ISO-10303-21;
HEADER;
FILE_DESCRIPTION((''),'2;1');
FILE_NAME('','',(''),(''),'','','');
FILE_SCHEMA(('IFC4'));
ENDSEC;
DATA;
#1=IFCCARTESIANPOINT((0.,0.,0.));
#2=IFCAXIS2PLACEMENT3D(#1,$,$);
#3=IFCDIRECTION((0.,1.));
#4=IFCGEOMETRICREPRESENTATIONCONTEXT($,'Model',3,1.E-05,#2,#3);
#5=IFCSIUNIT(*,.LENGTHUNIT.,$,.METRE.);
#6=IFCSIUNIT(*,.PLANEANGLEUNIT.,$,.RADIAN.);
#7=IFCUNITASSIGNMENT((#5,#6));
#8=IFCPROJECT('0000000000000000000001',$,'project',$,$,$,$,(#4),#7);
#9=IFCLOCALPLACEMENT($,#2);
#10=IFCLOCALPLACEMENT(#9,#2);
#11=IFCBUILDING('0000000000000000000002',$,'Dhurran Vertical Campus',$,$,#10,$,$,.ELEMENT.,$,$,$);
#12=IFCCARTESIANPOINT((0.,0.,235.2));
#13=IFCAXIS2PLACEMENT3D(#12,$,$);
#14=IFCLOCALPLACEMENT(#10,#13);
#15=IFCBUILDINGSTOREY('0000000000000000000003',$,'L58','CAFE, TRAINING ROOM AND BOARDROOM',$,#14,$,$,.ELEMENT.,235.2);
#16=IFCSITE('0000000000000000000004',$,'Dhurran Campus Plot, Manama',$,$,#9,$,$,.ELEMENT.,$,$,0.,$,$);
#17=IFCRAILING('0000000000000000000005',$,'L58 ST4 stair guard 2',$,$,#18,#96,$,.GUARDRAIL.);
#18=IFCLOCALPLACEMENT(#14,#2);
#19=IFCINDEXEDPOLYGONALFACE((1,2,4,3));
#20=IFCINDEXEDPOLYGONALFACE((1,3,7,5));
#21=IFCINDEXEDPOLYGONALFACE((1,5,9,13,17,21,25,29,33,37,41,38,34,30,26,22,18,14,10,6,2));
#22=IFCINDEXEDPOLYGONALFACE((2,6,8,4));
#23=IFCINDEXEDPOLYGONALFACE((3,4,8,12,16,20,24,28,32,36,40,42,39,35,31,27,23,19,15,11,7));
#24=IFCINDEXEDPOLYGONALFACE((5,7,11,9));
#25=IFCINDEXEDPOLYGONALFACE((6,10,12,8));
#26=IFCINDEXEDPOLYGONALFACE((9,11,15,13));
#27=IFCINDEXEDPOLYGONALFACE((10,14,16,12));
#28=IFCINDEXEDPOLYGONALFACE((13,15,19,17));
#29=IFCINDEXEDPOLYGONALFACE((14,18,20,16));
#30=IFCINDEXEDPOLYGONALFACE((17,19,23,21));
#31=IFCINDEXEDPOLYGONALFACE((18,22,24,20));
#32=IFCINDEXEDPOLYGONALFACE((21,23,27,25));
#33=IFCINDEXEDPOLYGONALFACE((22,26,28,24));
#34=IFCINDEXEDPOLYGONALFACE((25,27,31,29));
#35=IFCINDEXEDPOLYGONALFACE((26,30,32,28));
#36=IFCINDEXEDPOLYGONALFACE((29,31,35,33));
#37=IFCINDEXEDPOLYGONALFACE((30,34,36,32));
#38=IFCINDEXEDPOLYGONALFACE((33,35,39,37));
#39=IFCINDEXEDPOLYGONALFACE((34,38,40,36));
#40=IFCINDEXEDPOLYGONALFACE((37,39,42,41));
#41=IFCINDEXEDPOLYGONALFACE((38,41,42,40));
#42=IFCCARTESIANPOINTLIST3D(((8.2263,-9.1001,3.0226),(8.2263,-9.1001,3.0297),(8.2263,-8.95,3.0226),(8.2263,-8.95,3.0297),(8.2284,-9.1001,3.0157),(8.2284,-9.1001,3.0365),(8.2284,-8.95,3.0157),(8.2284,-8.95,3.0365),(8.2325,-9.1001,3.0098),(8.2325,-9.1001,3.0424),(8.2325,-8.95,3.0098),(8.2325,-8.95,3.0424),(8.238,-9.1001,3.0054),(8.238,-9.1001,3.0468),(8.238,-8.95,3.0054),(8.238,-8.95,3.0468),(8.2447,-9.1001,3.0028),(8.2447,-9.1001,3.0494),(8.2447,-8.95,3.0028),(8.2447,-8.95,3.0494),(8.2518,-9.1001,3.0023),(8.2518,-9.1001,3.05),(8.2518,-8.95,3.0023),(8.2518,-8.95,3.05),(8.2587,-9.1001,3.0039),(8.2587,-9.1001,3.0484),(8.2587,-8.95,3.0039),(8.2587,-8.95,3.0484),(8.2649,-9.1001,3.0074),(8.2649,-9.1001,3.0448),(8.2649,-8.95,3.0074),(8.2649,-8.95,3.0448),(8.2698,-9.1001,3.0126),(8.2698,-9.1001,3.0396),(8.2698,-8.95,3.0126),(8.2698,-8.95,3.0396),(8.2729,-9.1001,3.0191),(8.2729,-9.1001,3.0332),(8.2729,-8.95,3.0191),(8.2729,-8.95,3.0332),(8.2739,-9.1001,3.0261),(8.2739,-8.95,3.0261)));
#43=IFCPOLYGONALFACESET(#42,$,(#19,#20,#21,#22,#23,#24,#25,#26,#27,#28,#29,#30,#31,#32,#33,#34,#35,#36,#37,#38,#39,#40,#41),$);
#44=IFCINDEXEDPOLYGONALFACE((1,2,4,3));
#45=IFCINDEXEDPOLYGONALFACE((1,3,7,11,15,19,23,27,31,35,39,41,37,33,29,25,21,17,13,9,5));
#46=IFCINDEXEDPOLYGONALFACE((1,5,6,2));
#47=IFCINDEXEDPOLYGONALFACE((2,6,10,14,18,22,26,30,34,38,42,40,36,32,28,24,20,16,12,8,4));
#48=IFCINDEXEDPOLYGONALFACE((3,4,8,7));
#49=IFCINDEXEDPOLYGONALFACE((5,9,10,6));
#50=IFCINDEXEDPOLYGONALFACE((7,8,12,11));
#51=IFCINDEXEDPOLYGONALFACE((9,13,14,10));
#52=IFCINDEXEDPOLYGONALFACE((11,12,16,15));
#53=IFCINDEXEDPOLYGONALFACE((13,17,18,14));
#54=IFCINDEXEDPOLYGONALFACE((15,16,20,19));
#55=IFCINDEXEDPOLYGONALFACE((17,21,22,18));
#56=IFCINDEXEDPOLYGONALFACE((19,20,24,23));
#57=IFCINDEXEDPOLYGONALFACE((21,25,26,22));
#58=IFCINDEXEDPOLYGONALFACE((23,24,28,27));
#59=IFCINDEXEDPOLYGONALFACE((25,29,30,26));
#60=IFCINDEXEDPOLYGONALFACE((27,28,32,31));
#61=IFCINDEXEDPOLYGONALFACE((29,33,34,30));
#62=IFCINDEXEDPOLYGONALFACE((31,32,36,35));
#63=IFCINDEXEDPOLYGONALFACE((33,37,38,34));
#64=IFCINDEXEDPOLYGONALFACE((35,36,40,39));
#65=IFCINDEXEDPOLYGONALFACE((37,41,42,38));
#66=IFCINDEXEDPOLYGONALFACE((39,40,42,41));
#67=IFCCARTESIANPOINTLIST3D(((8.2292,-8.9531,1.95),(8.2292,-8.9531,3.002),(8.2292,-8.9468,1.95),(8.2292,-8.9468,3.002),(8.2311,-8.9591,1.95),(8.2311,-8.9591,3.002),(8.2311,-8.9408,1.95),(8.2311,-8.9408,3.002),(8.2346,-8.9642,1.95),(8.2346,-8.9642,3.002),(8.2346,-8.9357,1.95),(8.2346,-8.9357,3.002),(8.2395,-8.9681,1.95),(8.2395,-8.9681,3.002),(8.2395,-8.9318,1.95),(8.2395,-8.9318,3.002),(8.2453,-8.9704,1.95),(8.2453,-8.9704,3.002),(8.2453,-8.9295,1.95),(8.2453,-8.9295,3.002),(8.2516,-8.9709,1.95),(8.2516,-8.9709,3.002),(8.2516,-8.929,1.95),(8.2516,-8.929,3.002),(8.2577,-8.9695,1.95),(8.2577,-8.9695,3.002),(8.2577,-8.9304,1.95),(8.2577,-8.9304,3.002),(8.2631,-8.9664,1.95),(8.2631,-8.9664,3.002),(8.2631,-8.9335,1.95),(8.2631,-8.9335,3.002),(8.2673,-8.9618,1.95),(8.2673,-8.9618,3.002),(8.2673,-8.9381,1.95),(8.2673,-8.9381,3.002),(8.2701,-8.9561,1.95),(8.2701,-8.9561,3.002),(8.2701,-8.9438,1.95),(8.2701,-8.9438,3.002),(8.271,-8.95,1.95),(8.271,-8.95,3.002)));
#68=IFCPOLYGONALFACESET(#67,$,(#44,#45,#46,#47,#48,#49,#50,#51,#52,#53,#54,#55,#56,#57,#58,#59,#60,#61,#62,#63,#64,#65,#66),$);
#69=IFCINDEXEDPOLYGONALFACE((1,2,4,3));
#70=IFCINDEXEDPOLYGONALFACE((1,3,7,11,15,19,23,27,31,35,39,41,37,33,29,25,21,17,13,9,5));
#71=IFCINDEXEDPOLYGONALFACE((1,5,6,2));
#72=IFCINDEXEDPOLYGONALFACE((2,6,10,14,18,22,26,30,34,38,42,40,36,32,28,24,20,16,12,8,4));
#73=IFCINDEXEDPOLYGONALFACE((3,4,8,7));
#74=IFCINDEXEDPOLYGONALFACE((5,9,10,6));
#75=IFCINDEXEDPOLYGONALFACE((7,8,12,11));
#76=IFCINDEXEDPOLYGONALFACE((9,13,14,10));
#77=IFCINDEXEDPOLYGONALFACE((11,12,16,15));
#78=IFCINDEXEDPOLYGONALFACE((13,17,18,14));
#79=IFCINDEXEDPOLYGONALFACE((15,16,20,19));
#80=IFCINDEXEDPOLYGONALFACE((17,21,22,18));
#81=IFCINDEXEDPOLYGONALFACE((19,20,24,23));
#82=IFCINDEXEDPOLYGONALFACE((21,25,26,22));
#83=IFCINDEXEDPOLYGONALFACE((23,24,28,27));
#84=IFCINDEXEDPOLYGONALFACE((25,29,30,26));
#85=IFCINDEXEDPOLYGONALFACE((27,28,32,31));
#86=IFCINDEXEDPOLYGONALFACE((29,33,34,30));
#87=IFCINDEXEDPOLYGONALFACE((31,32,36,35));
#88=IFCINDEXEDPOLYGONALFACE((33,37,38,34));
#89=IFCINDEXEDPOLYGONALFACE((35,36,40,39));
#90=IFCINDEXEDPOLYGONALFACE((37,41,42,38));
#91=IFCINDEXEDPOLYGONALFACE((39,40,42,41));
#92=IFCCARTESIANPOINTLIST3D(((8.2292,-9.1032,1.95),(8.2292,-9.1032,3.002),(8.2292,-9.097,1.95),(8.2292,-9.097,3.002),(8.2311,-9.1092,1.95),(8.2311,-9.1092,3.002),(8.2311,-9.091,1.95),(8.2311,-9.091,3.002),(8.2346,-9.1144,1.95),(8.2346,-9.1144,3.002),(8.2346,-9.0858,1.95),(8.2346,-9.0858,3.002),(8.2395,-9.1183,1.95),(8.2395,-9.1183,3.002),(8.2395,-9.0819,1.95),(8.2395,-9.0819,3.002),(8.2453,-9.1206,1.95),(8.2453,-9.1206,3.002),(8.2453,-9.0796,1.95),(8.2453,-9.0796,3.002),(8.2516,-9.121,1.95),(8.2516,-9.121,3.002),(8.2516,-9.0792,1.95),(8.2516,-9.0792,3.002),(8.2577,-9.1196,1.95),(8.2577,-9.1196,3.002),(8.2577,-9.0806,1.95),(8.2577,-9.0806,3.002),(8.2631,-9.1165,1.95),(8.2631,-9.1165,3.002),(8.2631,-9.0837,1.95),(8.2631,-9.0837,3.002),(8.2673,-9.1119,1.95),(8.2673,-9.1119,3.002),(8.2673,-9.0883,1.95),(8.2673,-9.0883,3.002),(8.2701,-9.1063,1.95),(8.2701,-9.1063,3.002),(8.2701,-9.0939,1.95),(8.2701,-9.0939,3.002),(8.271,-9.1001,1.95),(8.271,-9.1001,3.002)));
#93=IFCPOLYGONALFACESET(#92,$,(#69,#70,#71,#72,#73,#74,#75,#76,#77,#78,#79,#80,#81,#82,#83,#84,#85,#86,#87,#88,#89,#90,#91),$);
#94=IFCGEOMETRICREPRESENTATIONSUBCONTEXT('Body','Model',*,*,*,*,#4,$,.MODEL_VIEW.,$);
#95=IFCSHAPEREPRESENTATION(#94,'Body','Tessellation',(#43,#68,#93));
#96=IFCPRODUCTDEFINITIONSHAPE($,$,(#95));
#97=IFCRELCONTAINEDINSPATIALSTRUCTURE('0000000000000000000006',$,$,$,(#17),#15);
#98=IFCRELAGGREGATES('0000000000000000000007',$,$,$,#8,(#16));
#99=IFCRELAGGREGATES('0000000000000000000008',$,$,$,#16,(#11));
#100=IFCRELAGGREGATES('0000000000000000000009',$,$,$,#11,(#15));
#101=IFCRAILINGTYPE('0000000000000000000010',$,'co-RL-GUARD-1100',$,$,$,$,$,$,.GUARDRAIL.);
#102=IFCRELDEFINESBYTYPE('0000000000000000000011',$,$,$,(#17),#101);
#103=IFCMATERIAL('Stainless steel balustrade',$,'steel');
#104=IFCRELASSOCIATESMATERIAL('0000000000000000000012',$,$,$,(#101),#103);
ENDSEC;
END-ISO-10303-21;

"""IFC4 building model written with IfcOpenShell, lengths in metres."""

from ifc_helpers import new_model, si_unit, direction, frame, origin, origin_2d, place, context, subcontext, project, spatial, circle, extrude, material, type_object, element, save


model = new_model("IFC4")

# Units and contexts
model_context = context("Model", 3, precision=1e-05, world=origin(), true_north=direction((0.0, 1.0)))
body_context = subcontext(model_context, "Body", "Model", "MODEL_VIEW")
ifc_project = project(units=[si_unit("LENGTHUNIT", "METRE"), si_unit("PLANEANGLEUNIT", "RADIAN")], contexts=[model_context])

# Site, building, storey
site_placement = place(None, origin())
site = spatial("IfcSite", under=ifc_project, at=site_placement, Name="Dhurran Campus Plot, Manama", CompositionType="ELEMENT", RefElevation=0.0)
building_placement = place(site_placement, origin())
building = spatial("IfcBuilding", under=site, at=building_placement, Name="Dhurran Vertical Campus", CompositionType="ELEMENT")
storey_placement = place(building_placement, frame((0.0, 0.0, 235.2)))
storey = spatial("IfcBuildingStorey", under=building, at=storey_placement, Name="L58", Description="CAFE, TRAINING ROOM AND BOARDROOM", CompositionType="ELEMENT", Elevation=235.2)

# Railing
ifc_material_1 = material(Name="Stainless steel balustrade", Category="steel")
railing_type_1 = type_object("IfcRailingType", Name="co-RL-GUARD-1100", PredefinedType="GUARDRAIL", material=ifc_material_1)
railing_1_placement = place(storey_placement, frame((8.25, -8.95, 1.95)))
element("IfcRailing", 1, at=railing_1_placement, inside=storey, type_object=railing_type_1, Name="L58 ST4 stair guard 2", PredefinedType="GUARDRAIL", context=body_context, shape_type="SweptSolid", body=[
    extrude(circle(Radius=0.0239, at=origin_2d()), frame((0.0, 0.0, 1.0762), z_axis=(0.0, -1.0, 0.0), x_axis=(1.0, 0.0, 0.0)), (0.0, 0.0, 1.0), 0.1501),
    extrude(circle(Radius=0.021, at=origin_2d()), origin(), (0.0, 0.0, 1.0), 1.052),
    extrude(circle(Radius=0.021, at=origin_2d()), frame((0.0, -0.1501, 0.0)), (0.0, 0.0, 1.0), 1.052),
])

save(model, "model.ifc")
